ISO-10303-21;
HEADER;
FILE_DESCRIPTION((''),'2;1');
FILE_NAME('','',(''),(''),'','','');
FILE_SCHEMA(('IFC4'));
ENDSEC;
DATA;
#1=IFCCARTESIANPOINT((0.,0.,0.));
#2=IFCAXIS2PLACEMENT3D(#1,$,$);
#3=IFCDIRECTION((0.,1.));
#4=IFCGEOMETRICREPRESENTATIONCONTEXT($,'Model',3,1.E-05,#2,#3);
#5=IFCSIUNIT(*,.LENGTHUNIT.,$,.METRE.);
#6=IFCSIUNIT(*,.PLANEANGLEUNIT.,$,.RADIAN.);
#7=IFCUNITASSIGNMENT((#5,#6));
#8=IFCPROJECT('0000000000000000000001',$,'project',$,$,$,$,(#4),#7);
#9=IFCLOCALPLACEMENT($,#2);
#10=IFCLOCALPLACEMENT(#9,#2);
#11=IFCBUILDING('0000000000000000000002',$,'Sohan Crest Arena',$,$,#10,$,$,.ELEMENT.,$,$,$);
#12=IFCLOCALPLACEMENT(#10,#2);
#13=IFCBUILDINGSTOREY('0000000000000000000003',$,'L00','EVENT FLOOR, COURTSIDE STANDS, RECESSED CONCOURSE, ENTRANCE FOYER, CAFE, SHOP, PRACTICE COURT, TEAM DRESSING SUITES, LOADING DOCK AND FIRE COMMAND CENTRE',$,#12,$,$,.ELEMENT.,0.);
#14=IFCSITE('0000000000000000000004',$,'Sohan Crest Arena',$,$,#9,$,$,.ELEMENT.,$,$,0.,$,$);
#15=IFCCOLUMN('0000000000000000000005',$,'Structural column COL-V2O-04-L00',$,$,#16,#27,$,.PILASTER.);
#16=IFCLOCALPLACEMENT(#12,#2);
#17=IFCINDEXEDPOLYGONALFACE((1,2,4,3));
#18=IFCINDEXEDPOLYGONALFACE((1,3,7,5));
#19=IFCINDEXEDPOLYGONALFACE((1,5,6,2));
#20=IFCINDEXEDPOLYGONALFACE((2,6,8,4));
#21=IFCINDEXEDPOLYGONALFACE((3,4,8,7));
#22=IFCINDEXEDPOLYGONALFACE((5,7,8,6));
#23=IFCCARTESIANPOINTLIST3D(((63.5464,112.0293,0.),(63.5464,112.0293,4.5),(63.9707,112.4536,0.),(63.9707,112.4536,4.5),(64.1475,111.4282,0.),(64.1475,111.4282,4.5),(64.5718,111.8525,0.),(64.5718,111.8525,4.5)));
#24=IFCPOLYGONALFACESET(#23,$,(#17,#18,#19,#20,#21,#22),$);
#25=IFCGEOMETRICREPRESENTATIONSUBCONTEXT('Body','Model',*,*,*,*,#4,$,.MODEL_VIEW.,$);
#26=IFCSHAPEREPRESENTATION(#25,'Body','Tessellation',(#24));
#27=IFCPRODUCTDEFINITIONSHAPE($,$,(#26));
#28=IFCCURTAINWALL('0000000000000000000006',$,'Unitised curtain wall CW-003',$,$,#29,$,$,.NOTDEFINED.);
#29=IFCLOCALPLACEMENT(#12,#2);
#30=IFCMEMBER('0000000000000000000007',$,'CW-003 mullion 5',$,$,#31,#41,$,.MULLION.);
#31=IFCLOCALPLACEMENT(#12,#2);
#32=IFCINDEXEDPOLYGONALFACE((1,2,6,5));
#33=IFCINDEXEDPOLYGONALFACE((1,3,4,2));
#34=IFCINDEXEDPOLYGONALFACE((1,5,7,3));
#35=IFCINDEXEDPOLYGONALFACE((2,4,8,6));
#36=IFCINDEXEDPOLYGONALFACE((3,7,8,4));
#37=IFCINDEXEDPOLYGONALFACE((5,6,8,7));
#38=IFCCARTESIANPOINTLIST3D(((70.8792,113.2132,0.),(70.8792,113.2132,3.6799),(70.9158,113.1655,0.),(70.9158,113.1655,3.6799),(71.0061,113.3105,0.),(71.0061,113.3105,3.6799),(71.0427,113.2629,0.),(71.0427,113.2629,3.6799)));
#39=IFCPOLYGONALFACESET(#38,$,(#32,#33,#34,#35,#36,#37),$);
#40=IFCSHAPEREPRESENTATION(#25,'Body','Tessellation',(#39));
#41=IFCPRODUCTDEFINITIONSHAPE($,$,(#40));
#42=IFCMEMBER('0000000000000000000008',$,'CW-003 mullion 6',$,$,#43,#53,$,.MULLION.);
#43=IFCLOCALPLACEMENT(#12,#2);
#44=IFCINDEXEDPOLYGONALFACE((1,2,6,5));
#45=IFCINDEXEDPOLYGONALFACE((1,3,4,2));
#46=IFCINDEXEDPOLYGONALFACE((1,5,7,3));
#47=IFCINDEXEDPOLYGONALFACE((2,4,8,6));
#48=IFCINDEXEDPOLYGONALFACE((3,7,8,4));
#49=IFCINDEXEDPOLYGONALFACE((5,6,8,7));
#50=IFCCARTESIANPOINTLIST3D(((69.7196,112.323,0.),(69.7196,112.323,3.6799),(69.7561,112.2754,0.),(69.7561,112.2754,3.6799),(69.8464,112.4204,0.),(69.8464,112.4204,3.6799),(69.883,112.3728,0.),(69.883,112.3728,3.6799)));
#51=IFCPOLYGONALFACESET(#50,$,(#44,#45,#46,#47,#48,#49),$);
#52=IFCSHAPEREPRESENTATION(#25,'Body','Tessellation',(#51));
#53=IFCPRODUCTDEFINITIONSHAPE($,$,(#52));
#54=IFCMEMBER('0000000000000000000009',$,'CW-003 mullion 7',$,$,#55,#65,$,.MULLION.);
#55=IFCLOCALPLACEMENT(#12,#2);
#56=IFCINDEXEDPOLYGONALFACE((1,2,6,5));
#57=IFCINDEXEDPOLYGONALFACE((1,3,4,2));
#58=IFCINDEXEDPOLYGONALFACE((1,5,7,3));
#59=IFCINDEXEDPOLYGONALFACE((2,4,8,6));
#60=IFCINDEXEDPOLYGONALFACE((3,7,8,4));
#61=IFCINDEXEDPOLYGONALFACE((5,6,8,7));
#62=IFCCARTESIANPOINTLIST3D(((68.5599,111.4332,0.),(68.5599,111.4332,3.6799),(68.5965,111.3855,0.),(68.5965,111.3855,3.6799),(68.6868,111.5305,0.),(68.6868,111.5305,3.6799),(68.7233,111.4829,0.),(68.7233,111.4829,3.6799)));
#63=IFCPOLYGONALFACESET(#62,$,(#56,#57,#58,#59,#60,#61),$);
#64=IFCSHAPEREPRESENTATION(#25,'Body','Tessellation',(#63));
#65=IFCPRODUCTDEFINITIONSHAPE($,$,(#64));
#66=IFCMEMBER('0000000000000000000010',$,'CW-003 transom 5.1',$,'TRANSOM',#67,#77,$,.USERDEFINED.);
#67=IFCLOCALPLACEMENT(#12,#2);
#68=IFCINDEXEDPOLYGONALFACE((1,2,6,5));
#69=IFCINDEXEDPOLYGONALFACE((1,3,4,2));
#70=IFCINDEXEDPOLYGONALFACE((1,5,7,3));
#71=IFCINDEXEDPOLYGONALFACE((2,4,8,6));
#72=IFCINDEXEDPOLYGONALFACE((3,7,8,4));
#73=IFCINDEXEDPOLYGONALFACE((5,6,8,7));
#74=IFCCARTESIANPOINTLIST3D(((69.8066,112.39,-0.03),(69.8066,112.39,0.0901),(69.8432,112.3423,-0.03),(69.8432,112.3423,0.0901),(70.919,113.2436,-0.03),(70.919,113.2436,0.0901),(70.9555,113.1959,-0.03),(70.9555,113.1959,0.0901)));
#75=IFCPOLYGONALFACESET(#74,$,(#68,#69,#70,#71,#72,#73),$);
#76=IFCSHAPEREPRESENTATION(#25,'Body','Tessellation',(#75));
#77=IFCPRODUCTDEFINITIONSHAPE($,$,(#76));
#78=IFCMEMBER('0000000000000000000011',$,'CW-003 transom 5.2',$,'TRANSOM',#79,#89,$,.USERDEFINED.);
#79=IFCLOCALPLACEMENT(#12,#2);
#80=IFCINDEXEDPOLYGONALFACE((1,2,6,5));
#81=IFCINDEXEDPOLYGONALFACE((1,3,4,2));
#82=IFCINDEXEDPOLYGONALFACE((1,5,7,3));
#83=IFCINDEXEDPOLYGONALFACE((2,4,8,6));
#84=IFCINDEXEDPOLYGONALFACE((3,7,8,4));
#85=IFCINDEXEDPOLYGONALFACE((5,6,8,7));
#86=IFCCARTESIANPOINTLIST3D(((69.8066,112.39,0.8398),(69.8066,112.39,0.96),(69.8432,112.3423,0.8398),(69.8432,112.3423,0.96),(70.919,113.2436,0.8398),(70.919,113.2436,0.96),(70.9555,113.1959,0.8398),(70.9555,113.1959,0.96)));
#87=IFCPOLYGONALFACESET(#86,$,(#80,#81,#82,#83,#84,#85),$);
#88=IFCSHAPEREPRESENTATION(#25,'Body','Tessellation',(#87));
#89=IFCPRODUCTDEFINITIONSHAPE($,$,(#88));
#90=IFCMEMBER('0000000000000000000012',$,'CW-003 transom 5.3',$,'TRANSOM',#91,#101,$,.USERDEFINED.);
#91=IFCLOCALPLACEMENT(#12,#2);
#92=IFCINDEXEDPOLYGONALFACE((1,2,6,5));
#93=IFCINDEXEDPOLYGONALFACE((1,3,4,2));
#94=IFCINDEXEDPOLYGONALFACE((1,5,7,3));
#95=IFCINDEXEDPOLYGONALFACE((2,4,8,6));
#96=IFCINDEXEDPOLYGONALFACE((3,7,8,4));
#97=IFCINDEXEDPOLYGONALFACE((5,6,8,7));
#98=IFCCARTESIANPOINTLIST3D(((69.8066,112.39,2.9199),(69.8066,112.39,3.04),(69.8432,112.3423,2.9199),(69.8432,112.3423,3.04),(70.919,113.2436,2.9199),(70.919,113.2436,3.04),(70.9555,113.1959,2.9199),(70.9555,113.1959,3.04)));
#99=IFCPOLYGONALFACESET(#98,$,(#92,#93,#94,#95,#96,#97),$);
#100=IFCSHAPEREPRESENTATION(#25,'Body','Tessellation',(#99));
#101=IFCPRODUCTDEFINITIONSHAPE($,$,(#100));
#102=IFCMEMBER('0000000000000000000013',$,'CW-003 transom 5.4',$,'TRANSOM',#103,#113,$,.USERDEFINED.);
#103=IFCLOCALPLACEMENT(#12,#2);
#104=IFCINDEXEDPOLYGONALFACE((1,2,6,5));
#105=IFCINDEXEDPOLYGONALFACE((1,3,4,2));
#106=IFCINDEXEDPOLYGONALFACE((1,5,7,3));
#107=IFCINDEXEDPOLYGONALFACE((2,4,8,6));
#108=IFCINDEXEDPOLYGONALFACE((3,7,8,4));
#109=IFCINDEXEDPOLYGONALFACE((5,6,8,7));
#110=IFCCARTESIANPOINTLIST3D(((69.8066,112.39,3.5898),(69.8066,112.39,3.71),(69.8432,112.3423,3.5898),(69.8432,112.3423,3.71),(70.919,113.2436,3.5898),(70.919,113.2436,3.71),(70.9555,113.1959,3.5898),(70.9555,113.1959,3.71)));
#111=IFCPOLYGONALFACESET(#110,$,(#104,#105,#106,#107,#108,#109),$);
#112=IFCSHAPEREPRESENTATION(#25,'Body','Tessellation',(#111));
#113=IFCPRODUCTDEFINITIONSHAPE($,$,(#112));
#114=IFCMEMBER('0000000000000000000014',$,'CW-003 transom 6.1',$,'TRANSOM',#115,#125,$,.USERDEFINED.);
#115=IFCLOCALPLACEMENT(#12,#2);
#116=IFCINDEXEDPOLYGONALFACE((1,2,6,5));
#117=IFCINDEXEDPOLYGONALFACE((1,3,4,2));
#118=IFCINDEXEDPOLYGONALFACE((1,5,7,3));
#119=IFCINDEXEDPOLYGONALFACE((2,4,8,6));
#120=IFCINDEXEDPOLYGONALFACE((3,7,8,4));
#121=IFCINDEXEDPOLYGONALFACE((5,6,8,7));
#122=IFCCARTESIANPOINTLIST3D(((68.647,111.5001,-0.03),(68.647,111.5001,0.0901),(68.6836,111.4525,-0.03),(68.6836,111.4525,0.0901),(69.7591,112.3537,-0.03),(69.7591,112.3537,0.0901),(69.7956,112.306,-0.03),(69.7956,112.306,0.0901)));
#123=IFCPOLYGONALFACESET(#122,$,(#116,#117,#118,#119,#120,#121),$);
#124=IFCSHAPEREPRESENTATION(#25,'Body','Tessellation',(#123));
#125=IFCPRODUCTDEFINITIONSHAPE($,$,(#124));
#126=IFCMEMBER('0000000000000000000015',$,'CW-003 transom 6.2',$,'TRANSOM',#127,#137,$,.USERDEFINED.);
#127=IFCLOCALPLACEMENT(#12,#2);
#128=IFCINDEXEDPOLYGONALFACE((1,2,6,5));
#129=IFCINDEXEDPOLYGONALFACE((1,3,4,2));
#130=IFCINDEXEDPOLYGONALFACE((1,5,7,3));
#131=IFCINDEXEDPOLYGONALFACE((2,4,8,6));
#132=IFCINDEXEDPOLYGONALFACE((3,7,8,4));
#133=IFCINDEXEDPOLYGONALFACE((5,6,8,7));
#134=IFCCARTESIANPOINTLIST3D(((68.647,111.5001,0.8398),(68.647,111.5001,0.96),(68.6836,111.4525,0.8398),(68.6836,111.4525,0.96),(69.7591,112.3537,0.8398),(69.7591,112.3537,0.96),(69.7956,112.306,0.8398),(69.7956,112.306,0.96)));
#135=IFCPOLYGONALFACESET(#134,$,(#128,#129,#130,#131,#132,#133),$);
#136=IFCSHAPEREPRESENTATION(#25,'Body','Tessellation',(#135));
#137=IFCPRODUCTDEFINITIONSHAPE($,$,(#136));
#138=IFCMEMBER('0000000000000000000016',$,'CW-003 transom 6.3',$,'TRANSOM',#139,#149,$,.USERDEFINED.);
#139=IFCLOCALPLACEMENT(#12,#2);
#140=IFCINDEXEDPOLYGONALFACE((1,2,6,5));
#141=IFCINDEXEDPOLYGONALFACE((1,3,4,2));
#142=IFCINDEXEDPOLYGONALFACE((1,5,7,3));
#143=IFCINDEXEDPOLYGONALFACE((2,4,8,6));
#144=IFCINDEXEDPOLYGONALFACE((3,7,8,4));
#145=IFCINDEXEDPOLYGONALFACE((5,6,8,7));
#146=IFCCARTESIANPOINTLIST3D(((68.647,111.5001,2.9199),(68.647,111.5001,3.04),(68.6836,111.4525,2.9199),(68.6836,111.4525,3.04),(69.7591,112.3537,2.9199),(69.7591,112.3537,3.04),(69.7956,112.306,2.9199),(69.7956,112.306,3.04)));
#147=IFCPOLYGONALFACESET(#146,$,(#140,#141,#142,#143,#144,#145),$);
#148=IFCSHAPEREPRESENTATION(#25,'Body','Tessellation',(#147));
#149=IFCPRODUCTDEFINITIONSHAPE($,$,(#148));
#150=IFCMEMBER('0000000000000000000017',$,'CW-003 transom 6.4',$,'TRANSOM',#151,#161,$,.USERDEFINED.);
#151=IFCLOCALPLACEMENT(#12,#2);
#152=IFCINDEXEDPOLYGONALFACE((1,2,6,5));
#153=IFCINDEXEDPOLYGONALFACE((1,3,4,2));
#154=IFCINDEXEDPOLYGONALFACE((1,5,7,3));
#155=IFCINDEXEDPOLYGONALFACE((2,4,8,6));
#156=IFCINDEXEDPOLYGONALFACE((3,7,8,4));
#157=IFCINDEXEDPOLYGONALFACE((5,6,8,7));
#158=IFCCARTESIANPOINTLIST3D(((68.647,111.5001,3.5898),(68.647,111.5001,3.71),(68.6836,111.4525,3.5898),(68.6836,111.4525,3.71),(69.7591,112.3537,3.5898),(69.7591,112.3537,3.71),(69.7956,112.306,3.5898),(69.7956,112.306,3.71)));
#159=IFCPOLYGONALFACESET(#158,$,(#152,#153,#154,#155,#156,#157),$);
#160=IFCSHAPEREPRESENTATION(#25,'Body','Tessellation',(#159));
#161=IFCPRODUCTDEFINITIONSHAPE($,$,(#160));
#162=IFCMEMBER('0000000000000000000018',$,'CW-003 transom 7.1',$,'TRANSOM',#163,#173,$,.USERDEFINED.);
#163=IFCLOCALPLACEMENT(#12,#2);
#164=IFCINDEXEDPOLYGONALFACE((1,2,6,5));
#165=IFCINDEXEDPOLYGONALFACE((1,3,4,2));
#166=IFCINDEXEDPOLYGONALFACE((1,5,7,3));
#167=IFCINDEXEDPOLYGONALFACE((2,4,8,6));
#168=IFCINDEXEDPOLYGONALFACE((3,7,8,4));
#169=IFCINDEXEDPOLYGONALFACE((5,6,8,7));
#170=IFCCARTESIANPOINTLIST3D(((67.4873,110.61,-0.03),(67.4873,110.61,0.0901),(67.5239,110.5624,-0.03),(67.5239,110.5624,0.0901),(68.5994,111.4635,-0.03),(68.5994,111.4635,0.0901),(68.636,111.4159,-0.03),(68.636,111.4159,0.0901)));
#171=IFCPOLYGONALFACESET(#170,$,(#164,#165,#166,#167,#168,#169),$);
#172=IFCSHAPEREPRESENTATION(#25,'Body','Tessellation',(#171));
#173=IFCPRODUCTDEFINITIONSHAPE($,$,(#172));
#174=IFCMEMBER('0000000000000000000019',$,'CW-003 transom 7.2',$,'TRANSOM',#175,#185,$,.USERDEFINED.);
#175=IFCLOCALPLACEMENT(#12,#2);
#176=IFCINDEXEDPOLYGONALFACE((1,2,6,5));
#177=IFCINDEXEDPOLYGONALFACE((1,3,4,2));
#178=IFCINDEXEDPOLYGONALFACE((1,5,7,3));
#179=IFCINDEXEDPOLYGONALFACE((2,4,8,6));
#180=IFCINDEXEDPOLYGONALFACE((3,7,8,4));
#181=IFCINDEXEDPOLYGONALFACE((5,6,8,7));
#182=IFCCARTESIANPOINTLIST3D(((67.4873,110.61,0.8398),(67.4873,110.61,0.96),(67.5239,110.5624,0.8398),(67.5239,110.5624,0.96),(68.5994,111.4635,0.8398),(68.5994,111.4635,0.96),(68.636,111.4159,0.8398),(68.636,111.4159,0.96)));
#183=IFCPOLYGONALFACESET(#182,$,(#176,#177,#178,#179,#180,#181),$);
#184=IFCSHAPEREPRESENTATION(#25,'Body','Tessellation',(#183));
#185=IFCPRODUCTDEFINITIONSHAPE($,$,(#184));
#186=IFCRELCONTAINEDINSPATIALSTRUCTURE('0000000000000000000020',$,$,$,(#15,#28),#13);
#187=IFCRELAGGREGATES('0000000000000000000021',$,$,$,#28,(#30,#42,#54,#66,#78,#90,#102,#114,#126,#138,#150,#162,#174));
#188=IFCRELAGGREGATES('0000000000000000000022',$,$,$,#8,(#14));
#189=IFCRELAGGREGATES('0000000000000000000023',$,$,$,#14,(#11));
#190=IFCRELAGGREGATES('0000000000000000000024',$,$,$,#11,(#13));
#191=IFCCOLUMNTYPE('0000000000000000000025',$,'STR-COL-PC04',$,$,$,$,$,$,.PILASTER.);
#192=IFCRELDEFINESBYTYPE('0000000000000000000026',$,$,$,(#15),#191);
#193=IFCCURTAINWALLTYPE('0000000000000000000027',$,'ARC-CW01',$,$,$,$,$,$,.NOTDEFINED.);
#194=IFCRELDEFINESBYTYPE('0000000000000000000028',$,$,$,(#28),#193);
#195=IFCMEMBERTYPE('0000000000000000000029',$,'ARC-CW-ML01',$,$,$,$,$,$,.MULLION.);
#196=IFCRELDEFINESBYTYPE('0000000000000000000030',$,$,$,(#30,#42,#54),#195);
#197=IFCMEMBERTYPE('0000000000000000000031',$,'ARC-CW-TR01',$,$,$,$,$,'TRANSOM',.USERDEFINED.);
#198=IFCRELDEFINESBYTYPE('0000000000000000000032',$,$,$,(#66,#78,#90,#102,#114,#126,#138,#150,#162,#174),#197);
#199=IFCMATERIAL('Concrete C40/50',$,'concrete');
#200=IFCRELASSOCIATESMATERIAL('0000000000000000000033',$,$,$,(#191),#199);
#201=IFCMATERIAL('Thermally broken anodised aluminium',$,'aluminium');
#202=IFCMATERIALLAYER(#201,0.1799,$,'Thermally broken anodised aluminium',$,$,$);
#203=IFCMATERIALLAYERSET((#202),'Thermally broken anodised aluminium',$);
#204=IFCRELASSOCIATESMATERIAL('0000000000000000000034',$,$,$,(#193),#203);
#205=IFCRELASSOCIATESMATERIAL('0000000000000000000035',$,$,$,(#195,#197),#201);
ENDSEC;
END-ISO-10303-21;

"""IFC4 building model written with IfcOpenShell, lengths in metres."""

from ifc_helpers import new_model, si_unit, direction, frame, origin, origin_2d, place, context, subcontext, project, spatial, rectangle, extrude, material, layer, layer_set, material_profile, profile_set, type_object, element, aggregate, save


model = new_model("IFC4")

# Units and contexts
model_context = context("Model", 3, precision=1e-05, world=origin(), true_north=direction((0.0, 1.0)))
body_context = subcontext(model_context, "Body", "Model", "MODEL_VIEW")
ifc_project = project(units=[si_unit("LENGTHUNIT", "METRE"), si_unit("PLANEANGLEUNIT", "RADIAN")], contexts=[model_context])

# Site, building, storey
site_placement = place(None, origin())
site = spatial("IfcSite", under=ifc_project, at=site_placement, Name="Sohan Crest Arena", CompositionType="ELEMENT", RefElevation=0.0)
building_placement = place(site_placement, origin())
building = spatial("IfcBuilding", under=site, at=building_placement, Name="Sohan Crest Arena", CompositionType="ELEMENT")
storey_placement = place(building_placement, origin())
storey = spatial("IfcBuildingStorey", under=building, at=storey_placement, Name="L00", Description="EVENT FLOOR, COURTSIDE STANDS, RECESSED CONCOURSE, ENTRANCE FOYER, CAFE, SHOP, PRACTICE COURT, TEAM DRESSING SUITES, LOADING DOCK AND FIRE COMMAND CENTRE", CompositionType="ELEMENT", Elevation=0.0)

# Column
ifc_material_1 = material(Name="Concrete C40/50", Category="concrete")
ifc_material_profile_1 = material_profile(ifc_material_1, rectangle(XDim=0.8501, YDim=0.6001, at=origin_2d()), Name="RC 850x600")
ifc_profile_set_1 = profile_set([ifc_material_profile_1], Name="Concrete C40/50")
column_type = type_object("IfcColumnType", Name="STR-COL-PC04", PredefinedType="PILASTER", material=ifc_profile_set_1)
column_placement = place(storey_placement, frame((64.0591, 111.9409, 0.0), z_axis=(0.0, 0.0, 1.0), x_axis=(-0.707107, 0.707107, 0.0)))
element("IfcColumn", 1, at=column_placement, inside=storey, type_object=column_type, Name="Structural column COL-V2O-04-L00", PredefinedType="PILASTER", context=body_context, shape_type="SweptSolid", body=[
    extrude(rectangle(XDim=0.8501, YDim=0.6001, at=origin_2d()), origin(), (0.0, 0.0, 1.0), 4.5),
])

# Curtain wall, members
ifc_material_2 = material(Name="Thermally broken anodised aluminium", Category="aluminium")
ifc_layer_1 = layer(ifc_material_2, 0.1799, Name="Thermally broken anodised aluminium")
ifc_layer_set_1 = layer_set([ifc_layer_1], Name="Thermally broken anodised aluminium")
curtain_wall_type = type_object("IfcCurtainWallType", Name="ARC-CW01", PredefinedType="NOTDEFINED", material=ifc_layer_set_1)
curtain_wall_placement = place(storey_placement, origin())
curtain_wall = element("IfcCurtainWall", 2, at=curtain_wall_placement, inside=storey, type_object=curtain_wall_type, Name="Unitised curtain wall CW-003", PredefinedType="NOTDEFINED")
ifc_material_profile_2 = material_profile(ifc_material_2, rectangle(XDim=0.0601, YDim=0.1599, at=origin_2d()), Name="ALU-MULL 60x160")
ifc_profile_set_2 = profile_set([ifc_material_profile_2], Name="Thermally broken anodised aluminium")
member_type_1 = type_object("IfcMemberType", Name="ARC-CW-ML01", PredefinedType="MULLION", material=ifc_profile_set_2)
member_1_placement = place(storey_placement, frame((70.9609, 113.238, 0.0), z_axis=(0.0, 0.0, 1.0), x_axis=(0.608801, -0.793323, 0.0)))
member_1 = element("IfcMember", 3, at=member_1_placement, type_object=member_type_1, Name="CW-003 mullion 5", PredefinedType="MULLION", context=body_context, shape_type="SweptSolid", body=[
    extrude(rectangle(XDim=0.0601, YDim=0.1599, at=origin_2d()), origin(), (0.0, 0.0, 1.0), 3.6799),
])
member_2_placement = place(storey_placement, frame((69.8013, 112.3479, 0.0), z_axis=(0.0, 0.0, 1.0), x_axis=(0.608801, -0.793323, 0.0)))
member_2 = element("IfcMember", 4, at=member_2_placement, type_object=member_type_1, Name="CW-003 mullion 6", PredefinedType="MULLION", context=body_context, shape_type="SweptSolid", body=[
    extrude(rectangle(XDim=0.0601, YDim=0.1599, at=origin_2d()), origin(), (0.0, 0.0, 1.0), 3.6799),
])
member_3_placement = place(storey_placement, frame((68.6416, 111.458, 0.0), z_axis=(0.0, 0.0, 1.0), x_axis=(0.608801, -0.793323, 0.0)))
member_3 = element("IfcMember", 5, at=member_3_placement, type_object=member_type_1, Name="CW-003 mullion 7", PredefinedType="MULLION", context=body_context, shape_type="SweptSolid", body=[
    extrude(rectangle(XDim=0.0601, YDim=0.1599, at=origin_2d()), origin(), (0.0, 0.0, 1.0), 3.6799),
])
ifc_material_profile_3 = material_profile(ifc_material_2, rectangle(XDim=0.0601, YDim=0.1201, at=origin_2d()), Name="ALU-TRAN 60x120")
ifc_profile_set_3 = profile_set([ifc_material_profile_3], Name="Thermally broken anodised aluminium")
member_type_2 = type_object("IfcMemberType", Name="ARC-CW-TR01", ElementType="TRANSOM", PredefinedType="USERDEFINED", material=ifc_profile_set_3)
member_4_placement = place(storey_placement, frame((70.9373, 113.2197, 0.03), z_axis=(-0.793348, -0.608768, 0.0), x_axis=(0.608768, -0.793348, 0.0)))
member_4 = element("IfcMember", 6, at=member_4_placement, type_object=member_type_2, Name="CW-003 transom 5.1", ObjectType="TRANSOM", PredefinedType="USERDEFINED", context=body_context, shape_type="SweptSolid", body=[
    extrude(rectangle(XDim=0.0601, YDim=0.1201, at=origin_2d()), origin(), (0.0, 0.0, 1.0), 1.4021),
])
member_5_placement = place(storey_placement, frame((70.9373, 113.2197, 0.8999), z_axis=(-0.793348, -0.608768, 0.0), x_axis=(0.608768, -0.793348, 0.0)))
member_5 = element("IfcMember", 7, at=member_5_placement, type_object=member_type_2, Name="CW-003 transom 5.2", ObjectType="TRANSOM", PredefinedType="USERDEFINED", context=body_context, shape_type="SweptSolid", body=[
    extrude(rectangle(XDim=0.0601, YDim=0.1201, at=origin_2d()), origin(), (0.0, 0.0, 1.0), 1.4021),
])
member_6_placement = place(storey_placement, frame((70.9373, 113.2197, 2.98), z_axis=(-0.793348, -0.608768, 0.0), x_axis=(0.608768, -0.793348, 0.0)))
member_6 = element("IfcMember", 8, at=member_6_placement, type_object=member_type_2, Name="CW-003 transom 5.3", ObjectType="TRANSOM", PredefinedType="USERDEFINED", context=body_context, shape_type="SweptSolid", body=[
    extrude(rectangle(XDim=0.0601, YDim=0.1201, at=origin_2d()), origin(), (0.0, 0.0, 1.0), 1.4021),
])
member_7_placement = place(storey_placement, frame((70.9373, 113.2197, 3.6499), z_axis=(-0.793348, -0.608768, 0.0), x_axis=(0.608768, -0.793348, 0.0)))
member_7 = element("IfcMember", 9, at=member_7_placement, type_object=member_type_2, Name="CW-003 transom 5.4", ObjectType="TRANSOM", PredefinedType="USERDEFINED", context=body_context, shape_type="SweptSolid", body=[
    extrude(rectangle(XDim=0.0601, YDim=0.1201, at=origin_2d()), origin(), (0.0, 0.0, 1.0), 1.4021),
])
member_8_placement = place(storey_placement, frame((69.7773, 112.3298, 0.03), z_axis=(-0.793284, -0.608852, 0.0), x_axis=(0.608852, -0.793284, 0.0)))
member_8 = element("IfcMember", 10, at=member_8_placement, type_object=member_type_2, Name="CW-003 transom 6.1", ObjectType="TRANSOM", PredefinedType="USERDEFINED", context=body_context, shape_type="SweptSolid", body=[
    extrude(rectangle(XDim=0.0601, YDim=0.1201, at=origin_2d()), origin(), (0.0, 0.0, 1.0), 1.4019),
])
member_9_placement = place(storey_placement, frame((69.7773, 112.3298, 0.8999), z_axis=(-0.793284, -0.608852, 0.0), x_axis=(0.608852, -0.793284, 0.0)))
member_9 = element("IfcMember", 11, at=member_9_placement, type_object=member_type_2, Name="CW-003 transom 6.2", ObjectType="TRANSOM", PredefinedType="USERDEFINED", context=body_context, shape_type="SweptSolid", body=[
    extrude(rectangle(XDim=0.0601, YDim=0.1201, at=origin_2d()), origin(), (0.0, 0.0, 1.0), 1.4019),
])
member_10_placement = place(storey_placement, frame((69.7773, 112.3298, 2.98), z_axis=(-0.793284, -0.608852, 0.0), x_axis=(0.608852, -0.793284, 0.0)))
member_10 = element("IfcMember", 12, at=member_10_placement, type_object=member_type_2, Name="CW-003 transom 6.3", ObjectType="TRANSOM", PredefinedType="USERDEFINED", context=body_context, shape_type="SweptSolid", body=[
    extrude(rectangle(XDim=0.0601, YDim=0.1201, at=origin_2d()), origin(), (0.0, 0.0, 1.0), 1.4019),
])
member_11_placement = place(storey_placement, frame((69.7773, 112.3298, 3.6499), z_axis=(-0.793284, -0.608852, 0.0), x_axis=(0.608852, -0.793284, 0.0)))
member_11 = element("IfcMember", 13, at=member_11_placement, type_object=member_type_2, Name="CW-003 transom 6.4", ObjectType="TRANSOM", PredefinedType="USERDEFINED", context=body_context, shape_type="SweptSolid", body=[
    extrude(rectangle(XDim=0.0601, YDim=0.1201, at=origin_2d()), origin(), (0.0, 0.0, 1.0), 1.4019),
])
member_12_placement = place(storey_placement, frame((68.6177, 111.4397, 0.03), z_axis=(-0.793284, -0.608852, 0.0), x_axis=(0.608852, -0.793284, 0.0)))
member_12 = element("IfcMember", 14, at=member_12_placement, type_object=member_type_2, Name="CW-003 transom 7.1", ObjectType="TRANSOM", PredefinedType="USERDEFINED", context=body_context, shape_type="SweptSolid", body=[
    extrude(rectangle(XDim=0.0601, YDim=0.1201, at=origin_2d()), origin(), (0.0, 0.0, 1.0), 1.4019),
])
member_13_placement = place(storey_placement, frame((68.6177, 111.4397, 0.8999), z_axis=(-0.793284, -0.608852, 0.0), x_axis=(0.608852, -0.793284, 0.0)))
member_13 = element("IfcMember", 15, at=member_13_placement, type_object=member_type_2, Name="CW-003 transom 7.2", ObjectType="TRANSOM", PredefinedType="USERDEFINED", context=body_context, shape_type="SweptSolid", body=[
    extrude(rectangle(XDim=0.0601, YDim=0.1201, at=origin_2d()), origin(), (0.0, 0.0, 1.0), 1.4019),
])

aggregate(curtain_wall, [member_1, member_2, member_3, member_4, member_5, member_6, member_7, member_8, member_9, member_10, member_11, member_12, member_13])

save(model, "model.ifc")
